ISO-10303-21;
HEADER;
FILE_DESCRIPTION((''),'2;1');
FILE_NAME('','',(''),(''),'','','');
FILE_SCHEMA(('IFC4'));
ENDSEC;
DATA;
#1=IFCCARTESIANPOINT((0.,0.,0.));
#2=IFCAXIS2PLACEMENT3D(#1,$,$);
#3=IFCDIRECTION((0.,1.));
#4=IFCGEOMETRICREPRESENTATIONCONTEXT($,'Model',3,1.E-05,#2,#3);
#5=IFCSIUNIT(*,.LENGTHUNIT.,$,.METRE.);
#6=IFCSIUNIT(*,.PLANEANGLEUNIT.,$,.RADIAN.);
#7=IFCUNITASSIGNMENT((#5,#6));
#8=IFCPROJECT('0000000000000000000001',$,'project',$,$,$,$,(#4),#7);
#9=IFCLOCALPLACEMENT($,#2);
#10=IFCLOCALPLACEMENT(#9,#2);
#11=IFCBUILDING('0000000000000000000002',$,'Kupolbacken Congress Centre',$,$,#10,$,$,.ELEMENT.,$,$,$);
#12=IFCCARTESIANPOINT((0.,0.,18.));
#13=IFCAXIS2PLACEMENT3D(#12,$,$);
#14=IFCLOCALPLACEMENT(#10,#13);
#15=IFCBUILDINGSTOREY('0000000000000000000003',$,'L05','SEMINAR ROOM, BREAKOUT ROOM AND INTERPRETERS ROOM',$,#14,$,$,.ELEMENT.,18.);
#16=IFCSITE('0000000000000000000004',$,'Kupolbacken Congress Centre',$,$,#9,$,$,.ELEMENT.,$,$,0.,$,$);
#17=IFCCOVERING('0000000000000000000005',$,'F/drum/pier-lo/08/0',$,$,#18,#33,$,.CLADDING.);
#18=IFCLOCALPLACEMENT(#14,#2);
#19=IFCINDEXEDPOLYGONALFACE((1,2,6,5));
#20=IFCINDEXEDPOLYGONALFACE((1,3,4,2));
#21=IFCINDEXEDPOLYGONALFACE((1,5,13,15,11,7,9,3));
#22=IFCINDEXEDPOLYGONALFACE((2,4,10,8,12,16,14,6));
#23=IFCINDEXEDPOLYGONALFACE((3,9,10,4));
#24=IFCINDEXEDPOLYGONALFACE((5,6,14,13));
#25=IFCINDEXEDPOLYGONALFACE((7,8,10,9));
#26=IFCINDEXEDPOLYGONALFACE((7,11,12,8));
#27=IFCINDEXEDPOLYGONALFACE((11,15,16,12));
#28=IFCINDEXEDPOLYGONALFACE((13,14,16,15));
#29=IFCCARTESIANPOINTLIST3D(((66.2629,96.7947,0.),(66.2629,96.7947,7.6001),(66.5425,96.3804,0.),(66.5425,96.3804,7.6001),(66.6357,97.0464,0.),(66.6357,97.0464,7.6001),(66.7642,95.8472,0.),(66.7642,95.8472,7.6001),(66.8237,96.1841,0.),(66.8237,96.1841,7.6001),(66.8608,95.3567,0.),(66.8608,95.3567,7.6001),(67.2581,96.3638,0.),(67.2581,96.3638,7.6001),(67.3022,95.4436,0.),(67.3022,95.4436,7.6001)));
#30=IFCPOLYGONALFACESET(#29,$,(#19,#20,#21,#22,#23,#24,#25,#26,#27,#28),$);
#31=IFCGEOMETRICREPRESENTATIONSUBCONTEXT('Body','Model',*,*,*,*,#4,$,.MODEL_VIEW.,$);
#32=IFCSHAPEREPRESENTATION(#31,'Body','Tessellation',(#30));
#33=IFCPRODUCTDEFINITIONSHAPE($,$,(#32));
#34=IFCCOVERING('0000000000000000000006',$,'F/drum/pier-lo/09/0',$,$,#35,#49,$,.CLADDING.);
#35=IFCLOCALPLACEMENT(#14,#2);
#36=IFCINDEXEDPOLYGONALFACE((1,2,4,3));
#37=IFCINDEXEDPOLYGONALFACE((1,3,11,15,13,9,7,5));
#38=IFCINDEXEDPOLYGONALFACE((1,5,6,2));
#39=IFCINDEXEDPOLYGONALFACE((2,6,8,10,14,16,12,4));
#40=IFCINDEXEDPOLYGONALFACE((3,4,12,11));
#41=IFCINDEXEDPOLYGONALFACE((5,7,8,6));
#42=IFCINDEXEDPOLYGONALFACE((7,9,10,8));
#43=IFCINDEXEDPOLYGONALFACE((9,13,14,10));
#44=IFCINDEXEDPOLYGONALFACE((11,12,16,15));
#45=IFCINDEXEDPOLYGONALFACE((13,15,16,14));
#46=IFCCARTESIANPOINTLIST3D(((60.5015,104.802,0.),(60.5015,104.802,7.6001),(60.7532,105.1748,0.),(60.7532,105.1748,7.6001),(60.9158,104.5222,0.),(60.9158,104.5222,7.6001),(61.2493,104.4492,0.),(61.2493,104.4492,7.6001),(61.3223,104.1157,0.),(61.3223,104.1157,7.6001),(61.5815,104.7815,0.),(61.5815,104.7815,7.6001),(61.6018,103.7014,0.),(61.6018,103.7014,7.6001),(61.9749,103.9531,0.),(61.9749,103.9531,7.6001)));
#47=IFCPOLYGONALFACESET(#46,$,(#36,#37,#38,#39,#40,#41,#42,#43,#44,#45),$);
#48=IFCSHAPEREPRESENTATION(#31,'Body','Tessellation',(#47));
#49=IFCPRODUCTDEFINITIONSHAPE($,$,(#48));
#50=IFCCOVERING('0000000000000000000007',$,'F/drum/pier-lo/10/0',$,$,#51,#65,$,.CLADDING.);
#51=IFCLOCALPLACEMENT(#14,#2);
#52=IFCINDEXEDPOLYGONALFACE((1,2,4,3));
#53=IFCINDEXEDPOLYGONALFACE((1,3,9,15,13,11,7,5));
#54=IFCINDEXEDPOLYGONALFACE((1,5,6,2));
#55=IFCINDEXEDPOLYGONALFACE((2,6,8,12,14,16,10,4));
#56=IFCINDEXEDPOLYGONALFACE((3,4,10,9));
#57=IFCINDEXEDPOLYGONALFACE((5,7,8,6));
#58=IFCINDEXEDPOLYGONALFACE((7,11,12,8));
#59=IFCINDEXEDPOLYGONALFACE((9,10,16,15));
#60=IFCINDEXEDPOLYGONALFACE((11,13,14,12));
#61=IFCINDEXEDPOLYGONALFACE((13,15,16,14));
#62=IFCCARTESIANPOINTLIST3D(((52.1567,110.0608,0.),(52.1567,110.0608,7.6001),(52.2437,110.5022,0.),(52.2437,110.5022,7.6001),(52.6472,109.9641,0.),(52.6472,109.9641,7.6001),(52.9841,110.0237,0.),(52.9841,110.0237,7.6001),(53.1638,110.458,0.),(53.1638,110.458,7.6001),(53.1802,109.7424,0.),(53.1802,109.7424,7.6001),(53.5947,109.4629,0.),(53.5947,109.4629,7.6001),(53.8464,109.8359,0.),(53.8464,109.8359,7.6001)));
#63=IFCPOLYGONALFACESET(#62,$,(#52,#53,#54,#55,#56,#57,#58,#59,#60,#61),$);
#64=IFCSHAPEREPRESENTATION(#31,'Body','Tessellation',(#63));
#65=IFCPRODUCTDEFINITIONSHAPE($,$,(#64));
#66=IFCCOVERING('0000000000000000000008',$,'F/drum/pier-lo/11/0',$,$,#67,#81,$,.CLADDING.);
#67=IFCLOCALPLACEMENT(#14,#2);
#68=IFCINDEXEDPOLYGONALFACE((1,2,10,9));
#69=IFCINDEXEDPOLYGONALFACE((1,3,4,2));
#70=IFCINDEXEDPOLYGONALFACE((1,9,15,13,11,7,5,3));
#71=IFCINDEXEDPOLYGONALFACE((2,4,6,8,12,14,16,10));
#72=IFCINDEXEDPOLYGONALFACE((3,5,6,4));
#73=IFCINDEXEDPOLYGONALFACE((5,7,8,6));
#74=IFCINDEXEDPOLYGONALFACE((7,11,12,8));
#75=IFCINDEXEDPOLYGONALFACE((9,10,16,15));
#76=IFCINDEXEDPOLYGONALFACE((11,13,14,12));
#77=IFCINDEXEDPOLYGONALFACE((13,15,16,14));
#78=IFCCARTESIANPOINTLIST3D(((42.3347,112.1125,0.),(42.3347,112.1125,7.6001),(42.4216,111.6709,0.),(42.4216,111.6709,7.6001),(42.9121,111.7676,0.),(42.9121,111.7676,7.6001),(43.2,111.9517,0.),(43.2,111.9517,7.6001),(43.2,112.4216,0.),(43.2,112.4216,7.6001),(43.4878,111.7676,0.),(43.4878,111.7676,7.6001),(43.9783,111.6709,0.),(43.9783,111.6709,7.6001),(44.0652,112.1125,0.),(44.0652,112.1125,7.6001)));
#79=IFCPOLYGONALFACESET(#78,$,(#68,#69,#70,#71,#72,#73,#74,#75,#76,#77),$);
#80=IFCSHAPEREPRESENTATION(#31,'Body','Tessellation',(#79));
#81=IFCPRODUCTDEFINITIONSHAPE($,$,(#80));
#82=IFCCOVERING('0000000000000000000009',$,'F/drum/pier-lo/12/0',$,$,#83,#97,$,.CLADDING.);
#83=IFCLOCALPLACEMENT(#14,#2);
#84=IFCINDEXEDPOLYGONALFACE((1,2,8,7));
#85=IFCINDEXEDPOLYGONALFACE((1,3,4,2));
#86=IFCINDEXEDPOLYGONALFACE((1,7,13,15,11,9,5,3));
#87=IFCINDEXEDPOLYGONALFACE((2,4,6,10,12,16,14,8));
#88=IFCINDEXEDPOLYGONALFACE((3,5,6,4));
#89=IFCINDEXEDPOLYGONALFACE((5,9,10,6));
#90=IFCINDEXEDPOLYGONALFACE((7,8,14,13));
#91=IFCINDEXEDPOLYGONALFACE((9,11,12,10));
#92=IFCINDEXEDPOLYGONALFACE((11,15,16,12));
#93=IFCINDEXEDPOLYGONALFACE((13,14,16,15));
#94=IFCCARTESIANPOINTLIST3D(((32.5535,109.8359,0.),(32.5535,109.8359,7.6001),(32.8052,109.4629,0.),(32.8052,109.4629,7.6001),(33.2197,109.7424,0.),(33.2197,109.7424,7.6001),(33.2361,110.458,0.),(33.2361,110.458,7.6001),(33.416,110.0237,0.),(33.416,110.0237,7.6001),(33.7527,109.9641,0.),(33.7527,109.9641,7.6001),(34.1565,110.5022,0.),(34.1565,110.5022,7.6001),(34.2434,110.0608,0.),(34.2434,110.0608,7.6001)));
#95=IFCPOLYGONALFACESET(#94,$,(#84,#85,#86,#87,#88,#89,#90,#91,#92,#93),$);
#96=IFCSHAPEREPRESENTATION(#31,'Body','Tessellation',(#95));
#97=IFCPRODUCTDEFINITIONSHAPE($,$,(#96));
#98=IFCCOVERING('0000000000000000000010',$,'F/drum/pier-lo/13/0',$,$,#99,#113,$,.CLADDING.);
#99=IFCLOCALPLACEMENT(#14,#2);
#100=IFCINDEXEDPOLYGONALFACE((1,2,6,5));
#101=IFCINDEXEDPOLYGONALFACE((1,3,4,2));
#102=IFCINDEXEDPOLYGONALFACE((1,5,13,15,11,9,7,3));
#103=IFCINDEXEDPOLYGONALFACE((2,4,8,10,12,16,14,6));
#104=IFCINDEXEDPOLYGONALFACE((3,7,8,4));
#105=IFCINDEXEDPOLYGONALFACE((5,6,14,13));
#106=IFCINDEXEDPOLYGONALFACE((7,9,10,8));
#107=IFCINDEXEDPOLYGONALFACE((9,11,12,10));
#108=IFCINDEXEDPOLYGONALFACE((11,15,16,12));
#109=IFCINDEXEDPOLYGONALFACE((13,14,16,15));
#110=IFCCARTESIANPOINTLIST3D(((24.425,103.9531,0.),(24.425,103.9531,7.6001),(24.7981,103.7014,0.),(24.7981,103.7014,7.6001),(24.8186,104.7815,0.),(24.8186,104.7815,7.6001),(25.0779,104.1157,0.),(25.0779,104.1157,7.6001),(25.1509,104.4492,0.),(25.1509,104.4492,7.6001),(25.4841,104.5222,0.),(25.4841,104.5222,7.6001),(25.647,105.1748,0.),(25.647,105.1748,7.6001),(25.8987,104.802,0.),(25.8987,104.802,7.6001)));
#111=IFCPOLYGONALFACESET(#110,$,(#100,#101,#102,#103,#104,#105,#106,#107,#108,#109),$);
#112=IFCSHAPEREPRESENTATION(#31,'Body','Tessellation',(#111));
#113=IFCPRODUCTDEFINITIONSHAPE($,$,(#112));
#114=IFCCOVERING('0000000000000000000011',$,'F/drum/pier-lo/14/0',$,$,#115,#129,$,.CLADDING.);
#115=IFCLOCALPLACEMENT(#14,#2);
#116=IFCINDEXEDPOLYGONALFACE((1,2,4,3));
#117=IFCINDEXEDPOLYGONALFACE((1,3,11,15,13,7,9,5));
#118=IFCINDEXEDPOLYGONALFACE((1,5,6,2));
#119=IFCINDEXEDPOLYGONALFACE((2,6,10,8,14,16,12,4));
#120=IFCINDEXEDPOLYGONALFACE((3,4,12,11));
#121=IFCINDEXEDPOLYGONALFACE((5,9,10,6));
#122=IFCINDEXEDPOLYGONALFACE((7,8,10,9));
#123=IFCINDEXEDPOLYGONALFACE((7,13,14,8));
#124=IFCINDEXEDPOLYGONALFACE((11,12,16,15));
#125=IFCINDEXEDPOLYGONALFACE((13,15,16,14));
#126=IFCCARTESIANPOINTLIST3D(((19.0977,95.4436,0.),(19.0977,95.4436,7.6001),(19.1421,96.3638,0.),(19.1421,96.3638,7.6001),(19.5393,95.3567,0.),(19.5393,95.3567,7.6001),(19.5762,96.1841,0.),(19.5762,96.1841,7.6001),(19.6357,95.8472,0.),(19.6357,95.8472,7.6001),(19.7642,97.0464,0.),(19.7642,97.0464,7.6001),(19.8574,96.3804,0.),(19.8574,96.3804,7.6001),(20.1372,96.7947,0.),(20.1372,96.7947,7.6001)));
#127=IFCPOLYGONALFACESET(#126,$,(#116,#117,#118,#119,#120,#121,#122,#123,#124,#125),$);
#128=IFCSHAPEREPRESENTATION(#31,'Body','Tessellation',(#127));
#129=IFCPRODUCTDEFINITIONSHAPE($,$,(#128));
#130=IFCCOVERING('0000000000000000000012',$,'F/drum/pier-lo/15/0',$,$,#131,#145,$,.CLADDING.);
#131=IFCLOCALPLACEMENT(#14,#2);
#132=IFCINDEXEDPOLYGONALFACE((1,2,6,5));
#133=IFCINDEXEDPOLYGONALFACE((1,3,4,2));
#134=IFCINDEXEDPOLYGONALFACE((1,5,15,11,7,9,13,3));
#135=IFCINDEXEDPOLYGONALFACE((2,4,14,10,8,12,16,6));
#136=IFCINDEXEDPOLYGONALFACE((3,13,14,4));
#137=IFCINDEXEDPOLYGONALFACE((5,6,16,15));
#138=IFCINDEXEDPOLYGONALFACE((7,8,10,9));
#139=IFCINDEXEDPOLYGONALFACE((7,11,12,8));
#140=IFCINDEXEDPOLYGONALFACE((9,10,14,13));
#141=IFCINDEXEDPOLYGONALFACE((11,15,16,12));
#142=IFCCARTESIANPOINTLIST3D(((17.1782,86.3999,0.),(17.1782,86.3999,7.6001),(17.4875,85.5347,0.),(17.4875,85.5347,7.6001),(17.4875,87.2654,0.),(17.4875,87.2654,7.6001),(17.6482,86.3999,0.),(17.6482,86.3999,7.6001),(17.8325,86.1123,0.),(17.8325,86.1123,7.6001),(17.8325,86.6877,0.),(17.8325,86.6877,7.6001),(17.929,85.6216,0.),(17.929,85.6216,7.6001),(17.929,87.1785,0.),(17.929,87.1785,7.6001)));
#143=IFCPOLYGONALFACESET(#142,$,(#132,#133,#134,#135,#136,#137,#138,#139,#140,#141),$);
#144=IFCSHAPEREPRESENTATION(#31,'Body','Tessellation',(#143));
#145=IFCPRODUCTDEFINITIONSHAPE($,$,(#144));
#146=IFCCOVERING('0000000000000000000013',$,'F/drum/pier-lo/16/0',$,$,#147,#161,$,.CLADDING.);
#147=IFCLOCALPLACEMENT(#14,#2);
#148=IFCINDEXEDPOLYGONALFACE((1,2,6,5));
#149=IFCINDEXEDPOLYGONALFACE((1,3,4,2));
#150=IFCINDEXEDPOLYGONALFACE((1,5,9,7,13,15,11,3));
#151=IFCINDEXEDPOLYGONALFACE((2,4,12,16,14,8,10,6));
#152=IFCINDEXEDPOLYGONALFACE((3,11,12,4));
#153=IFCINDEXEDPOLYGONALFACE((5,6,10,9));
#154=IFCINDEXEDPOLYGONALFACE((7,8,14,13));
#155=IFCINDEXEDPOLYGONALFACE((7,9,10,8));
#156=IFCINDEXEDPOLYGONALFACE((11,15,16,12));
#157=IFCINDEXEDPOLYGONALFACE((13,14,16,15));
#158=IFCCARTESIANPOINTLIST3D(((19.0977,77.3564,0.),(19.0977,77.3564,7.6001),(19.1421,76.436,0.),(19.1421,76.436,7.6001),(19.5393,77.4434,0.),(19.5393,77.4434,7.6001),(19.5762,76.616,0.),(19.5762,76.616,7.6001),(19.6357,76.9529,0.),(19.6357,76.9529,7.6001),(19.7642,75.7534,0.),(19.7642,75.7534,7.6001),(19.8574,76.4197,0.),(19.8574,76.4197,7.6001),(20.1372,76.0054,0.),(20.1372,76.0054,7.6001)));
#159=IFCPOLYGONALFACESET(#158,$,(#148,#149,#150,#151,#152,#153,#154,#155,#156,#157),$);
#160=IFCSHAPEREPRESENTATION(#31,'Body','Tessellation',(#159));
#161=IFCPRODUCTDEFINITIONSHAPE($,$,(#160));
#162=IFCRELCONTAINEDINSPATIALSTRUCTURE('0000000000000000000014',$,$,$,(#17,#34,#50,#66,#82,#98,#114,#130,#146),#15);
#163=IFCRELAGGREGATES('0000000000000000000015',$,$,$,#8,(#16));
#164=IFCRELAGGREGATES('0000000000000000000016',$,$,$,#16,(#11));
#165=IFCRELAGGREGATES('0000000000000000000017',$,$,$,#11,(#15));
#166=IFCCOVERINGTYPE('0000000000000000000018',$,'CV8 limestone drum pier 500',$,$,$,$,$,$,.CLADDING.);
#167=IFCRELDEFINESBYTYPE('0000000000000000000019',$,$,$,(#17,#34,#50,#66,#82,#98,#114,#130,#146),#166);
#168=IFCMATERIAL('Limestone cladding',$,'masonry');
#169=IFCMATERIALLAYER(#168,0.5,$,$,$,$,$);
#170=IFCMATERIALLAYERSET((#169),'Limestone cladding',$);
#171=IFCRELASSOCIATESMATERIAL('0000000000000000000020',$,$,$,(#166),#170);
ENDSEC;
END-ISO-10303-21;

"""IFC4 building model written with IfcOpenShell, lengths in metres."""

from ifc_helpers import new_model, si_unit, direction, frame, origin, place, context, subcontext, project, spatial, polyline, outline, extrude, material, layer, layer_set, type_object, element, save


model = new_model("IFC4")

# Units and contexts
model_context = context("Model", 3, precision=1e-05, world=origin(), true_north=direction((0.0, 1.0)))
body_context = subcontext(model_context, "Body", "Model", "MODEL_VIEW")
ifc_project = project(units=[si_unit("LENGTHUNIT", "METRE"), si_unit("PLANEANGLEUNIT", "RADIAN")], contexts=[model_context])

# Site, building, storey
site_placement = place(None, origin())
site = spatial("IfcSite", under=ifc_project, at=site_placement, Name="Kupolbacken Congress Centre", CompositionType="ELEMENT", RefElevation=0.0)
building_placement = place(site_placement, origin())
building = spatial("IfcBuilding", under=site, at=building_placement, Name="Kupolbacken Congress Centre", CompositionType="ELEMENT")
storey_placement = place(building_placement, frame((0.0, 0.0, 18.0)))
storey = spatial("IfcBuildingStorey", under=building, at=storey_placement, Name="L05", Description="SEMINAR ROOM, BREAKOUT ROOM AND INTERPRETERS ROOM", CompositionType="ELEMENT", Elevation=18.0)

# Coverings
ifc_material_1 = material(Name="Limestone cladding", Category="masonry")
ifc_layer_1 = layer(ifc_material_1, 0.5)
ifc_layer_set_1 = layer_set([ifc_layer_1], Name="Limestone cladding")
covering_type_1 = type_object("IfcCoveringType", Name="CV8 limestone drum pier 500", PredefinedType="CLADDING", material=ifc_layer_set_1)
covering_1_placement = place(storey_placement, origin())
element("IfcCovering", 1, at=covering_1_placement, inside=storey, type_object=covering_type_1, Name="F/drum/pier-lo/08/0", PredefinedType="CLADDING", context=body_context, shape_type="SweptSolid", body=[
    extrude(outline(polyline([(67.3022, 95.4436), (67.2581, 96.3638), (66.6357, 97.0464), (66.2629, 96.7947), (66.5425, 96.3804), (66.8237, 96.1841), (66.7642, 95.8472), (66.8608, 95.3567), (67.3022, 95.4436)])), origin(), (0.0, 0.0, 1.0), 7.6001),
])
covering_2_placement = place(storey_placement, origin())
element("IfcCovering", 2, at=covering_2_placement, inside=storey, type_object=covering_type_1, Name="F/drum/pier-lo/09/0", PredefinedType="CLADDING", context=body_context, shape_type="SweptSolid", body=[
    extrude(outline(polyline([(61.9749, 103.9531), (61.5815, 104.7815), (60.7532, 105.1748), (60.5015, 104.802), (60.9158, 104.5222), (61.2493, 104.4492), (61.3223, 104.1157), (61.6018, 103.7014), (61.9749, 103.9531)])), origin(), (0.0, 0.0, 1.0), 7.6001),
])
covering_3_placement = place(storey_placement, origin())
element("IfcCovering", 3, at=covering_3_placement, inside=storey, type_object=covering_type_1, Name="F/drum/pier-lo/10/0", PredefinedType="CLADDING", context=body_context, shape_type="SweptSolid", body=[
    extrude(outline(polyline([(53.8464, 109.8359), (53.1638, 110.458), (52.2437, 110.5022), (52.1567, 110.0608), (52.6472, 109.9641), (52.9841, 110.0237), (53.1802, 109.7424), (53.5947, 109.4629), (53.8464, 109.8359)])), origin(), (0.0, 0.0, 1.0), 7.6001),
])
covering_4_placement = place(storey_placement, origin())
element("IfcCovering", 4, at=covering_4_placement, inside=storey, type_object=covering_type_1, Name="F/drum/pier-lo/11/0", PredefinedType="CLADDING", context=body_context, shape_type="SweptSolid", body=[
    extrude(outline(polyline([(44.0652, 112.1125), (43.2, 112.4216), (42.3347, 112.1125), (42.4216, 111.6709), (42.9121, 111.7676), (43.2, 111.9517), (43.4878, 111.7676), (43.9783, 111.6709), (44.0652, 112.1125)])), origin(), (0.0, 0.0, 1.0), 7.6001),
])
covering_5_placement = place(storey_placement, origin())
element("IfcCovering", 5, at=covering_5_placement, inside=storey, type_object=covering_type_1, Name="F/drum/pier-lo/12/0", PredefinedType="CLADDING", context=body_context, shape_type="SweptSolid", body=[
    extrude(outline(polyline([(34.1565, 110.5022), (33.2361, 110.458), (32.5535, 109.8359), (32.8052, 109.4629), (33.2197, 109.7424), (33.416, 110.0237), (33.7527, 109.9641), (34.2434, 110.0608), (34.1565, 110.5022)])), origin(), (0.0, 0.0, 1.0), 7.6001),
])
covering_6_placement = place(storey_placement, origin())
element("IfcCovering", 6, at=covering_6_placement, inside=storey, type_object=covering_type_1, Name="F/drum/pier-lo/13/0", PredefinedType="CLADDING", context=body_context, shape_type="SweptSolid", body=[
    extrude(outline(polyline([(25.647, 105.1748), (24.8186, 104.7815), (24.425, 103.9531), (24.7981, 103.7014), (25.0779, 104.1157), (25.1509, 104.4492), (25.4841, 104.5222), (25.8987, 104.802), (25.647, 105.1748)])), origin(), (0.0, 0.0, 1.0), 7.6001),
])
covering_7_placement = place(storey_placement, origin())
element("IfcCovering", 7, at=covering_7_placement, inside=storey, type_object=covering_type_1, Name="F/drum/pier-lo/14/0", PredefinedType="CLADDING", context=body_context, shape_type="SweptSolid", body=[
    extrude(outline(polyline([(19.7642, 97.0464), (19.1421, 96.3638), (19.0977, 95.4436), (19.5393, 95.3567), (19.6357, 95.8472), (19.5762, 96.1841), (19.8574, 96.3804), (20.1372, 96.7947), (19.7642, 97.0464)])), origin(), (0.0, 0.0, 1.0), 7.6001),
])
covering_8_placement = place(storey_placement, origin())
element("IfcCovering", 8, at=covering_8_placement, inside=storey, type_object=covering_type_1, Name="F/drum/pier-lo/15/0", PredefinedType="CLADDING", context=body_context, shape_type="SweptSolid", body=[
    extrude(outline(polyline([(17.4875, 87.2654), (17.1782, 86.3999), (17.4875, 85.5347), (17.929, 85.6216), (17.8325, 86.1123), (17.6482, 86.3999), (17.8325, 86.6877), (17.929, 87.1785), (17.4875, 87.2654)])), origin(), (0.0, 0.0, 1.0), 7.6001),
])
covering_9_placement = place(storey_placement, origin())
element("IfcCovering", 9, at=covering_9_placement, inside=storey, type_object=covering_type_1, Name="F/drum/pier-lo/16/0", PredefinedType="CLADDING", context=body_context, shape_type="SweptSolid", body=[
    extrude(outline(polyline([(19.0977, 77.3564), (19.1421, 76.436), (19.7642, 75.7534), (20.1372, 76.0054), (19.8574, 76.4197), (19.5762, 76.616), (19.6357, 76.9529), (19.5393, 77.4434), (19.0977, 77.3564)])), origin(), (0.0, 0.0, 1.0), 7.6001),
])

save(model, "model.ifc")
